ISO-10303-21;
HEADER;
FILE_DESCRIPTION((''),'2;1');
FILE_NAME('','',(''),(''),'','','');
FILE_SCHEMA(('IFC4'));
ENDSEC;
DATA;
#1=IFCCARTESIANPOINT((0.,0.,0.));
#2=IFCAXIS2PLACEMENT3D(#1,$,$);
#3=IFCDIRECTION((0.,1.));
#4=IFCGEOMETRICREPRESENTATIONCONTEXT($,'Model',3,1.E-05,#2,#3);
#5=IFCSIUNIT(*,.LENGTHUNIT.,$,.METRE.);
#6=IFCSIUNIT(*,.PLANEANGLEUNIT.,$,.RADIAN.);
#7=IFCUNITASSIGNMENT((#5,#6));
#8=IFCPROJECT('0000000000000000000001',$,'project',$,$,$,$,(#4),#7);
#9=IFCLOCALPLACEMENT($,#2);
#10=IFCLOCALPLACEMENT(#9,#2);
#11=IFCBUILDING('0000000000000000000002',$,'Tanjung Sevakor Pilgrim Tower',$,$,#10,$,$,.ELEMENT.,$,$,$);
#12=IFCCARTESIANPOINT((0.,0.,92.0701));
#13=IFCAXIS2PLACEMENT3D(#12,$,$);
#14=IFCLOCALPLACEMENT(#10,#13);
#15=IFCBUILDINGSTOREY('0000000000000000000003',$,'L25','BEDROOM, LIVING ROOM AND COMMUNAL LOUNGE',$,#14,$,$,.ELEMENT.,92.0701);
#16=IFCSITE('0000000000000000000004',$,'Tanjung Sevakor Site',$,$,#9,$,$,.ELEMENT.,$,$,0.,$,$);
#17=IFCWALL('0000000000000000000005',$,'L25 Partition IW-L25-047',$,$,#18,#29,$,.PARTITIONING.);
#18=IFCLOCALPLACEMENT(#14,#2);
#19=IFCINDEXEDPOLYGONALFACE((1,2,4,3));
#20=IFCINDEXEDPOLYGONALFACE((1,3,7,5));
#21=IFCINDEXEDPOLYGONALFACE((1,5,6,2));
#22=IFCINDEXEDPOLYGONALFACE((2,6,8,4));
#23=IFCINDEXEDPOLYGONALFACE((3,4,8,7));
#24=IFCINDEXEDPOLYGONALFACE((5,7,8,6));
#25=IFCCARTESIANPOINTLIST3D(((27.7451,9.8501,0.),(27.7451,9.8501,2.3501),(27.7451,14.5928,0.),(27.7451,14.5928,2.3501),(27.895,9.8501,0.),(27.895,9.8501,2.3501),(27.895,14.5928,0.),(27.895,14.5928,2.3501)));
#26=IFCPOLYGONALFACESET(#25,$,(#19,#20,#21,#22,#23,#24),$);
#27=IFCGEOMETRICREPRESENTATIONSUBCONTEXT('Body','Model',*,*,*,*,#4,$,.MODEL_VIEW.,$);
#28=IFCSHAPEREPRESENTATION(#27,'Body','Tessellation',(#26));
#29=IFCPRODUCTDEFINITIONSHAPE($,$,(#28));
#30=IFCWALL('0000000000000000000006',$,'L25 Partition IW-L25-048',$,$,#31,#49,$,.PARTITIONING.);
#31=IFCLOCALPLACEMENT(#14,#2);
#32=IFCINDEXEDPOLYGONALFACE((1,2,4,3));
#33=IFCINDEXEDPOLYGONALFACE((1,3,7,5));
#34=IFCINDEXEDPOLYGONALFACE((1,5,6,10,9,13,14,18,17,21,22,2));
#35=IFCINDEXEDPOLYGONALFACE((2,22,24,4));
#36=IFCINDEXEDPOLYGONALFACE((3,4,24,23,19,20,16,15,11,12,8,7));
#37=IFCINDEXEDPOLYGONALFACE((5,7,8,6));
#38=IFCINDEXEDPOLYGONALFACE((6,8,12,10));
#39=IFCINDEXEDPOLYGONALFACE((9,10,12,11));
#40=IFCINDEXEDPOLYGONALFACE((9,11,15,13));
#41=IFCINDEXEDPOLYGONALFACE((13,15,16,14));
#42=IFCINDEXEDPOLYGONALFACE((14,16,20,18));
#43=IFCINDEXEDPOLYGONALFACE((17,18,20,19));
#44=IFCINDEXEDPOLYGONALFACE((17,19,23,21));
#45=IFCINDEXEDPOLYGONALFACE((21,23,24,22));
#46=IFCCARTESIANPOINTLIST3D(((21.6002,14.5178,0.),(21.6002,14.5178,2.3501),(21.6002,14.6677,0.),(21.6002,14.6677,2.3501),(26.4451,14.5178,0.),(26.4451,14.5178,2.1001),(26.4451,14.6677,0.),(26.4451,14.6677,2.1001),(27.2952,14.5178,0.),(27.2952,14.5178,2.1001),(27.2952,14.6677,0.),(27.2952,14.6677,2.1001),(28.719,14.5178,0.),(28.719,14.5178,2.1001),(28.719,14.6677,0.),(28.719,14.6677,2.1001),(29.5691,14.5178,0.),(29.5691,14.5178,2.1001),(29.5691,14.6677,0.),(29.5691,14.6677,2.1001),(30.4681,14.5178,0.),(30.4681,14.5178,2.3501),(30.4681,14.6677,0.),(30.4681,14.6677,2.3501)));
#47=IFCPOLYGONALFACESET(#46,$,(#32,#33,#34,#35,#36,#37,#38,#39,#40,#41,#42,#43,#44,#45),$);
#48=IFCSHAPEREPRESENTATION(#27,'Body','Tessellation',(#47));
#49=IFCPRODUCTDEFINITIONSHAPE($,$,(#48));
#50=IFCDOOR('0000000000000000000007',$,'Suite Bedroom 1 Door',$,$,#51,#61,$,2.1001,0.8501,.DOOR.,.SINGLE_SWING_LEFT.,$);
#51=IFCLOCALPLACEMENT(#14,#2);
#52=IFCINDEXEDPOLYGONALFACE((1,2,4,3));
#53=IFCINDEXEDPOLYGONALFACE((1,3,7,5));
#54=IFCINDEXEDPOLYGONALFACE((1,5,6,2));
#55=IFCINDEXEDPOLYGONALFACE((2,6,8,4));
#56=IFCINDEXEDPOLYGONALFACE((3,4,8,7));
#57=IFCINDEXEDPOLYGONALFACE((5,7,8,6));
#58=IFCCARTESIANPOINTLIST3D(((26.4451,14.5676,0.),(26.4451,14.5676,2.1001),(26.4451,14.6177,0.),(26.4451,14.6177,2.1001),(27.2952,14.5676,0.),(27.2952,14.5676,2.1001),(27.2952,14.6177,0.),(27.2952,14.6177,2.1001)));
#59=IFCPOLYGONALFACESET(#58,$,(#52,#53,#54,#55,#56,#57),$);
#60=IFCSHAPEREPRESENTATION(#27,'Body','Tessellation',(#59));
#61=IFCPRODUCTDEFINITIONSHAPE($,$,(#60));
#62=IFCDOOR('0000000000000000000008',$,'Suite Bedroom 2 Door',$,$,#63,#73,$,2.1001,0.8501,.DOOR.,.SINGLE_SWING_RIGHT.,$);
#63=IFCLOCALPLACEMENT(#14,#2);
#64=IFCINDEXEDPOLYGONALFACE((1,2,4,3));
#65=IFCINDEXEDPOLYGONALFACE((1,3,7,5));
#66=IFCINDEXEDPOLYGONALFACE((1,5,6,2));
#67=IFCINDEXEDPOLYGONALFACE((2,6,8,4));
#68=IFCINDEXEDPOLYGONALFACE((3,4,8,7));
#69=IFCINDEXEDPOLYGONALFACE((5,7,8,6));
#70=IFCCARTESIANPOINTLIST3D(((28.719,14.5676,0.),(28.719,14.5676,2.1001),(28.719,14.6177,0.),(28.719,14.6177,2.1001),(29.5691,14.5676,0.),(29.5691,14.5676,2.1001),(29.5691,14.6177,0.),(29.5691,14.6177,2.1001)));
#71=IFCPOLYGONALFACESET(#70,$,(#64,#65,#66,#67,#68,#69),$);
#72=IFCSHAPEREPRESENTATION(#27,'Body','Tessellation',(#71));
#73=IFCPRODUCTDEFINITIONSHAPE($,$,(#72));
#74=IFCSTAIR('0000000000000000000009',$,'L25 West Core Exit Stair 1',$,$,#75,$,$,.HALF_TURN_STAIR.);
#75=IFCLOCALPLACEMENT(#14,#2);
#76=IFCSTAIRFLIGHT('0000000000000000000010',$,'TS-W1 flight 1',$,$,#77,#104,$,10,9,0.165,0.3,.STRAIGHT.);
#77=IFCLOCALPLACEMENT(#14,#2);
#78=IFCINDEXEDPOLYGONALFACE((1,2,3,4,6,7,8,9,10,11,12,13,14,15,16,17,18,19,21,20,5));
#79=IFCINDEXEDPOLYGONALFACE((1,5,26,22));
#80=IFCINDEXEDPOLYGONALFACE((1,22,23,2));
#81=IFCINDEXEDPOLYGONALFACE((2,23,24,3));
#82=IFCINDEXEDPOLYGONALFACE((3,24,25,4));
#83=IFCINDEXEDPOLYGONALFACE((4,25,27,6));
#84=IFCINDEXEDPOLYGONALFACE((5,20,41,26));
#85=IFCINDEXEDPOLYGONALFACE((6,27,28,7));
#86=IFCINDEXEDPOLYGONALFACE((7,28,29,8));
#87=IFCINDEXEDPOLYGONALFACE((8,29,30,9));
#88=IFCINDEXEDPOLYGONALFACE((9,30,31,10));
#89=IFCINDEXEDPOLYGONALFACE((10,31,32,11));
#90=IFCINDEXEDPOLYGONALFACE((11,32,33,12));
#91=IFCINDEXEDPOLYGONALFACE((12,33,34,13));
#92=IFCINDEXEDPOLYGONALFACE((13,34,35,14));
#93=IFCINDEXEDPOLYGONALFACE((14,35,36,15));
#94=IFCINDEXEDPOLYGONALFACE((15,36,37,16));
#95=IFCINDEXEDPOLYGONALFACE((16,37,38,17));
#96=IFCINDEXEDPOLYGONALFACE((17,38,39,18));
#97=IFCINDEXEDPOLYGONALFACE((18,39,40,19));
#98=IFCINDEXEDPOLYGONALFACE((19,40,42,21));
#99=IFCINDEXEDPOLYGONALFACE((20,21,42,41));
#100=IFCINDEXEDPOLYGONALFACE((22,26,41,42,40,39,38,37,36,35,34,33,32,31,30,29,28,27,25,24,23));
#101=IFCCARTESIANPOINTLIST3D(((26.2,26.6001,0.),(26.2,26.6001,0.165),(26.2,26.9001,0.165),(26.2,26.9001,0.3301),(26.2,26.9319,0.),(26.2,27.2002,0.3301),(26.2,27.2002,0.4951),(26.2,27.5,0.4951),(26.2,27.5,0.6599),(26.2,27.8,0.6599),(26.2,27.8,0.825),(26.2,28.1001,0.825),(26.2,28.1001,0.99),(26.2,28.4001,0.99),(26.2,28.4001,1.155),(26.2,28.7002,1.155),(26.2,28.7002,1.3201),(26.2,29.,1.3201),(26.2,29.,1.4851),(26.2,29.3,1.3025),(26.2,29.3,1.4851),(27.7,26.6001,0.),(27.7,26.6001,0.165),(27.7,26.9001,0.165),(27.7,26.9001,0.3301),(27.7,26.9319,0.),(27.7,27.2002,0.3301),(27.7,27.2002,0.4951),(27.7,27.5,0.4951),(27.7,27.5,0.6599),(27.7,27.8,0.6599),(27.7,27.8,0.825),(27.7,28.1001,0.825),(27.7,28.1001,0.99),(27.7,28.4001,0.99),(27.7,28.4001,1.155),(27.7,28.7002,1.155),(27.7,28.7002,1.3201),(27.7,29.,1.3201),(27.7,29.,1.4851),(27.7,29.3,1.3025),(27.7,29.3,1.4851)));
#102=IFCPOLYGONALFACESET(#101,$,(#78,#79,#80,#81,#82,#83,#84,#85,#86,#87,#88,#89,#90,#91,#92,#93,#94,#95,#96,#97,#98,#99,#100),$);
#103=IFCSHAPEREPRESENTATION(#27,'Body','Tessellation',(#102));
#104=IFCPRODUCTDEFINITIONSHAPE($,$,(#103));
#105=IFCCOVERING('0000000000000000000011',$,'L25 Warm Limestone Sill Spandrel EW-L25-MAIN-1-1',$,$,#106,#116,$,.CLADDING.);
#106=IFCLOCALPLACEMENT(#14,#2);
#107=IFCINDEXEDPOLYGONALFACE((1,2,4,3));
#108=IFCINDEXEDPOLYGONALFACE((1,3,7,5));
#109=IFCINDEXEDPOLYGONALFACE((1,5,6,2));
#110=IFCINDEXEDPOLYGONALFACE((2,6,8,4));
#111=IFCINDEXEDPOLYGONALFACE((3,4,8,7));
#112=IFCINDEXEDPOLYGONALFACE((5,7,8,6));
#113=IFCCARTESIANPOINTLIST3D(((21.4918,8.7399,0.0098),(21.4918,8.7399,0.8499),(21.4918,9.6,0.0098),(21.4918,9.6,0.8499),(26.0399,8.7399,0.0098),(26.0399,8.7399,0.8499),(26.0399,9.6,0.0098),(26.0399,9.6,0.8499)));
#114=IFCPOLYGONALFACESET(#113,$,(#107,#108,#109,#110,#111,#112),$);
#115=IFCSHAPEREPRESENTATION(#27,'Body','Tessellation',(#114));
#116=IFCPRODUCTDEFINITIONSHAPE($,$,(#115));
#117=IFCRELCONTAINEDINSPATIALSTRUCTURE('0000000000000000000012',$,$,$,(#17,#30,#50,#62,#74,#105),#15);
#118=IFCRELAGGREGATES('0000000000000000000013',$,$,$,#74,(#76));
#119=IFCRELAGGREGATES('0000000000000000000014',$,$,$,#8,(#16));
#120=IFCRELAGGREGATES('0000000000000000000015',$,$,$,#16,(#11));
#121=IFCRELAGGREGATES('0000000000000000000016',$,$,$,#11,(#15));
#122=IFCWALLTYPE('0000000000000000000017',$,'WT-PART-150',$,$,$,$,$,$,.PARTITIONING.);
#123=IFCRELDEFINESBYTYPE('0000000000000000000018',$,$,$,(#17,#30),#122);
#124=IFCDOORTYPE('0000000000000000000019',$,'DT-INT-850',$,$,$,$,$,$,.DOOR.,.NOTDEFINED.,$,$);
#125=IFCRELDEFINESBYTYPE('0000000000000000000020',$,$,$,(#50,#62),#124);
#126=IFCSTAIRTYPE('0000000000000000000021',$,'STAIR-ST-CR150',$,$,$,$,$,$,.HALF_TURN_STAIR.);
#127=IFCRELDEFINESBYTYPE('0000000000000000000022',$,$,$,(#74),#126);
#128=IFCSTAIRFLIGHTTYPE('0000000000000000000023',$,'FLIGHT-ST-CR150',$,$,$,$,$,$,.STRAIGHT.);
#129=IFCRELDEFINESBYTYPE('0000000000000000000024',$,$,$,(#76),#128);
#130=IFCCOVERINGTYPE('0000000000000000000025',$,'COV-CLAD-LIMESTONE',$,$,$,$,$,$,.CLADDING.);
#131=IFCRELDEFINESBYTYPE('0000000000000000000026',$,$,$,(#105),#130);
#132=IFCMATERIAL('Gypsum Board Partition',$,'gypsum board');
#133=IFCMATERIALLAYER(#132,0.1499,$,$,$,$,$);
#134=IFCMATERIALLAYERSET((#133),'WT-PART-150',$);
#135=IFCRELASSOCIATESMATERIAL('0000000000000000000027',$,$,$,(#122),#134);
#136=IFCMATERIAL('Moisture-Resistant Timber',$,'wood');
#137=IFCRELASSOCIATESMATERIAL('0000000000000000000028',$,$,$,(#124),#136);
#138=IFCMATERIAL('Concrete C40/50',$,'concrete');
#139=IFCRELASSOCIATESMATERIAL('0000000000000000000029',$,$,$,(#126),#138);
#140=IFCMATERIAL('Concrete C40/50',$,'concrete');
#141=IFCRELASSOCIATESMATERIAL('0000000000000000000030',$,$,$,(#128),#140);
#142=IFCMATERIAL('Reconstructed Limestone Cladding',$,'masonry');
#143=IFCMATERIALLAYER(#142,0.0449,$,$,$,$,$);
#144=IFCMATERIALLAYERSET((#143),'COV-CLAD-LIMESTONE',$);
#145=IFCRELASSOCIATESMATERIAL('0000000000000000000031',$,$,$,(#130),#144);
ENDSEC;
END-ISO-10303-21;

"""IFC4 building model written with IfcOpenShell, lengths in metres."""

from ifc_helpers import new_model, si_unit, direction, frame, frame_2d, origin, origin_2d, place, context, subcontext, project, spatial, polyline, rectangle, outline, extrude, material, layer, layer_set, type_object, element, fill, aggregate, save


model = new_model("IFC4")

# Units and contexts
model_context = context("Model", 3, precision=1e-05, world=origin(), true_north=direction((0.0, 1.0)))
body_context = subcontext(model_context, "Body", "Model", "MODEL_VIEW")
ifc_project = project(units=[si_unit("LENGTHUNIT", "METRE"), si_unit("PLANEANGLEUNIT", "RADIAN")], contexts=[model_context])

# Site, building, storey
site_placement = place(None, origin())
site = spatial("IfcSite", under=ifc_project, at=site_placement, Name="Tanjung Sevakor Site", CompositionType="ELEMENT", RefElevation=0.0)
building_placement = place(site_placement, origin())
building = spatial("IfcBuilding", under=site, at=building_placement, Name="Tanjung Sevakor Pilgrim Tower", CompositionType="ELEMENT")
storey_placement = place(building_placement, frame((0.0, 0.0, 92.0701)))
storey = spatial("IfcBuildingStorey", under=building, at=storey_placement, Name="L25", Description="BEDROOM, LIVING ROOM AND COMMUNAL LOUNGE", CompositionType="ELEMENT", Elevation=92.0701)

# Shared definitions
ifc_material_1 = material(Name="Gypsum Board Partition", Category="gypsum board")
ifc_layer_1 = layer(ifc_material_1, 0.1499)
ifc_layer_set_1 = layer_set([ifc_layer_1], Name="WT-PART-150")
wall_type_1 = type_object("IfcWallType", Name="WT-PART-150", PredefinedType="PARTITIONING", material=ifc_layer_set_1)

# Shared definitions
ifc_material_2 = material(Name="Moisture-Resistant Timber", Category="wood")
door_type_1 = type_object("IfcDoorType", Name="DT-INT-850", OperationType="NOTDEFINED", PredefinedType="DOOR", material=ifc_material_2)

# Wall
wall_1_placement = place(storey_placement, frame((27.8201, 9.8501, 0.0), z_axis=(0.0, 0.0, 1.0), x_axis=(0.0, 1.0, 0.0)))
element("IfcWall", 1, at=wall_1_placement, inside=storey, type_object=wall_type_1, Name="L25 Partition IW-L25-047", PredefinedType="PARTITIONING", context=body_context, shape_type="SweptSolid", body=[
    extrude(rectangle(XDim=4.7427, YDim=0.1499, at=frame_2d((2.3713, 0.0))), origin(), (0.0, 0.0, 1.0), 2.3501),
])

# Wall, openings, doors
wall_2_placement = place(storey_placement, frame((21.6001, 14.5928, 0.0), z_axis=(0.0, 0.0, 1.0), x_axis=(1.0, 0.0, 0.0)))
wall_2 = element("IfcWall", 2, at=wall_2_placement, inside=storey, type_object=wall_type_1, Name="L25 Partition IW-L25-048", PredefinedType="PARTITIONING", context=body_context, shape_type="SweptSolid", body=[
    extrude(rectangle(XDim=8.8679, YDim=0.1499, at=frame_2d((4.4341, 0.0))), origin(), (0.0, 0.0, 1.0), 2.3501),
])
opening_1_placement = place(wall_2_placement, frame((4.845, 0.0, 0.0)))
opening_1 = element("IfcOpeningElement", 3, at=opening_1_placement, cuts=wall_2, PredefinedType="OPENING", context=body_context, shape_type="SweptSolid", body=[
    extrude(rectangle(XDim=0.8501, YDim=2.1001, at=frame_2d((0.425, 1.05))), frame((0.0, 0.085, 0.0), z_axis=(0.0, -1.0, 0.0), x_axis=(1.0, 0.0, 0.0)), (0.0, 0.0, 1.0), 0.1699),
])
opening_2_placement = place(wall_2_placement, frame((7.1189, 0.0, 0.0)))
opening_2 = element("IfcOpeningElement", 4, at=opening_2_placement, cuts=wall_2, PredefinedType="OPENING", context=body_context, shape_type="SweptSolid", body=[
    extrude(rectangle(XDim=0.8501, YDim=2.1001, at=frame_2d((0.425, 1.05))), frame((0.0, 0.085, 0.0), z_axis=(0.0, -1.0, 0.0), x_axis=(1.0, 0.0, 0.0)), (0.0, 0.0, 1.0), 0.1699),
])
door_1_placement = place(opening_1_placement, origin())
door_1 = element("IfcDoor", 5, at=door_1_placement, inside=storey, type_object=door_type_1, Name="Suite Bedroom 1 Door", OperationType="SINGLE_SWING_LEFT", OverallHeight=2.1001, OverallWidth=0.8501, PredefinedType="DOOR", context=body_context, shape_type="SweptSolid", body=[
    extrude(rectangle(XDim=0.8501, YDim=2.1001, at=frame_2d((0.425, 1.05))), frame((0.0, 0.0249, 0.0), z_axis=(0.0, -1.0, 0.0), x_axis=(1.0, 0.0, 0.0)), (0.0, 0.0, 1.0), 0.05),
])
fill(opening_1, door_1)
door_2_placement = place(opening_2_placement, origin())
door_2 = element("IfcDoor", 6, at=door_2_placement, inside=storey, type_object=door_type_1, Name="Suite Bedroom 2 Door", OperationType="SINGLE_SWING_RIGHT", OverallHeight=2.1001, OverallWidth=0.8501, PredefinedType="DOOR", context=body_context, shape_type="SweptSolid", body=[
    extrude(rectangle(XDim=0.8501, YDim=2.1001, at=frame_2d((0.425, 1.05))), frame((0.0, 0.0249, 0.0), z_axis=(0.0, -1.0, 0.0), x_axis=(1.0, 0.0, 0.0)), (0.0, 0.0, 1.0), 0.05),
])
fill(opening_2, door_2)

# Stair, stair flight
ifc_material_3 = material(Name="Concrete C40/50", Category="concrete")
stair_type = type_object("IfcStairType", Name="STAIR-ST-CR150", PredefinedType="HALF_TURN_STAIR", material=ifc_material_3)
stair_placement = place(storey_placement, origin())
stair = element("IfcStair", 7, at=stair_placement, inside=storey, type_object=stair_type, Name="L25 West Core Exit Stair 1", PredefinedType="HALF_TURN_STAIR")
ifc_material_4 = material(Name="Concrete C40/50", Category="concrete")
stair_flight_type = type_object("IfcStairFlightType", Name="FLIGHT-ST-CR150", PredefinedType="STRAIGHT", material=ifc_material_4)
stair_flight_placement = place(storey_placement, frame((26.95, 26.6001, 0.0), z_axis=(0.0, 0.0, 1.0), x_axis=(0.0, 1.0, 0.0)))
stair_flight = element("IfcStairFlight", 8, at=stair_flight_placement, type_object=stair_flight_type, Name="TS-W1 flight 1", NumberOfRisers=10, NumberOfTreads=9, PredefinedType="STRAIGHT", RiserHeight=0.165, TreadLength=0.3, context=body_context, shape_type="SweptSolid", body=[
    extrude(outline(polyline([(0.0, 0.0), (0.0, 0.165), (0.3, 0.165), (0.3, 0.3301), (0.6001, 0.3301), (0.6001, 0.4951), (0.8999, 0.4951), (0.8999, 0.6599), (1.2, 0.6599), (1.2, 0.825), (1.5, 0.825), (1.5, 0.99), (1.8, 0.99), (1.8, 1.155), (2.1001, 1.155), (2.1001, 1.3201), (2.3999, 1.3201), (2.3999, 1.4851), (2.7, 1.4851), (2.7, 1.6499), (2.7, 1.3025), (0.3318, 0.0), (0.0, 0.0)])), frame((0.0, 0.75, 0.0), z_axis=(0.0, -1.0, 0.0), x_axis=(1.0, 0.0, 0.0)), (0.0, 0.0, 1.0), 1.5),
])
aggregate(stair, [stair_flight])

# Covering
ifc_material_5 = material(Name="Reconstructed Limestone Cladding", Category="masonry")
ifc_layer_2 = layer(ifc_material_5, 0.0449)
ifc_layer_set_2 = layer_set([ifc_layer_2], Name="COV-CLAD-LIMESTONE")
covering_type = type_object("IfcCoveringType", Name="COV-CLAD-LIMESTONE", PredefinedType="CLADDING", material=ifc_layer_set_2)
covering_placement = place(storey_placement, frame((23.7659, 9.1699, 0.0098), z_axis=(0.0, 0.0, 1.0), x_axis=(1.0, 0.0, 0.0)))
element("IfcCovering", 9, at=covering_placement, inside=storey, type_object=covering_type, Name="L25 Warm Limestone Sill Spandrel EW-L25-MAIN-1-1", PredefinedType="CLADDING", context=body_context, shape_type="SweptSolid", body=[
    extrude(rectangle(XDim=4.5481, YDim=0.8601, at=origin_2d()), origin(), (0.0, 0.0, 1.0), 0.8401),
])

save(model, "model.ifc")
